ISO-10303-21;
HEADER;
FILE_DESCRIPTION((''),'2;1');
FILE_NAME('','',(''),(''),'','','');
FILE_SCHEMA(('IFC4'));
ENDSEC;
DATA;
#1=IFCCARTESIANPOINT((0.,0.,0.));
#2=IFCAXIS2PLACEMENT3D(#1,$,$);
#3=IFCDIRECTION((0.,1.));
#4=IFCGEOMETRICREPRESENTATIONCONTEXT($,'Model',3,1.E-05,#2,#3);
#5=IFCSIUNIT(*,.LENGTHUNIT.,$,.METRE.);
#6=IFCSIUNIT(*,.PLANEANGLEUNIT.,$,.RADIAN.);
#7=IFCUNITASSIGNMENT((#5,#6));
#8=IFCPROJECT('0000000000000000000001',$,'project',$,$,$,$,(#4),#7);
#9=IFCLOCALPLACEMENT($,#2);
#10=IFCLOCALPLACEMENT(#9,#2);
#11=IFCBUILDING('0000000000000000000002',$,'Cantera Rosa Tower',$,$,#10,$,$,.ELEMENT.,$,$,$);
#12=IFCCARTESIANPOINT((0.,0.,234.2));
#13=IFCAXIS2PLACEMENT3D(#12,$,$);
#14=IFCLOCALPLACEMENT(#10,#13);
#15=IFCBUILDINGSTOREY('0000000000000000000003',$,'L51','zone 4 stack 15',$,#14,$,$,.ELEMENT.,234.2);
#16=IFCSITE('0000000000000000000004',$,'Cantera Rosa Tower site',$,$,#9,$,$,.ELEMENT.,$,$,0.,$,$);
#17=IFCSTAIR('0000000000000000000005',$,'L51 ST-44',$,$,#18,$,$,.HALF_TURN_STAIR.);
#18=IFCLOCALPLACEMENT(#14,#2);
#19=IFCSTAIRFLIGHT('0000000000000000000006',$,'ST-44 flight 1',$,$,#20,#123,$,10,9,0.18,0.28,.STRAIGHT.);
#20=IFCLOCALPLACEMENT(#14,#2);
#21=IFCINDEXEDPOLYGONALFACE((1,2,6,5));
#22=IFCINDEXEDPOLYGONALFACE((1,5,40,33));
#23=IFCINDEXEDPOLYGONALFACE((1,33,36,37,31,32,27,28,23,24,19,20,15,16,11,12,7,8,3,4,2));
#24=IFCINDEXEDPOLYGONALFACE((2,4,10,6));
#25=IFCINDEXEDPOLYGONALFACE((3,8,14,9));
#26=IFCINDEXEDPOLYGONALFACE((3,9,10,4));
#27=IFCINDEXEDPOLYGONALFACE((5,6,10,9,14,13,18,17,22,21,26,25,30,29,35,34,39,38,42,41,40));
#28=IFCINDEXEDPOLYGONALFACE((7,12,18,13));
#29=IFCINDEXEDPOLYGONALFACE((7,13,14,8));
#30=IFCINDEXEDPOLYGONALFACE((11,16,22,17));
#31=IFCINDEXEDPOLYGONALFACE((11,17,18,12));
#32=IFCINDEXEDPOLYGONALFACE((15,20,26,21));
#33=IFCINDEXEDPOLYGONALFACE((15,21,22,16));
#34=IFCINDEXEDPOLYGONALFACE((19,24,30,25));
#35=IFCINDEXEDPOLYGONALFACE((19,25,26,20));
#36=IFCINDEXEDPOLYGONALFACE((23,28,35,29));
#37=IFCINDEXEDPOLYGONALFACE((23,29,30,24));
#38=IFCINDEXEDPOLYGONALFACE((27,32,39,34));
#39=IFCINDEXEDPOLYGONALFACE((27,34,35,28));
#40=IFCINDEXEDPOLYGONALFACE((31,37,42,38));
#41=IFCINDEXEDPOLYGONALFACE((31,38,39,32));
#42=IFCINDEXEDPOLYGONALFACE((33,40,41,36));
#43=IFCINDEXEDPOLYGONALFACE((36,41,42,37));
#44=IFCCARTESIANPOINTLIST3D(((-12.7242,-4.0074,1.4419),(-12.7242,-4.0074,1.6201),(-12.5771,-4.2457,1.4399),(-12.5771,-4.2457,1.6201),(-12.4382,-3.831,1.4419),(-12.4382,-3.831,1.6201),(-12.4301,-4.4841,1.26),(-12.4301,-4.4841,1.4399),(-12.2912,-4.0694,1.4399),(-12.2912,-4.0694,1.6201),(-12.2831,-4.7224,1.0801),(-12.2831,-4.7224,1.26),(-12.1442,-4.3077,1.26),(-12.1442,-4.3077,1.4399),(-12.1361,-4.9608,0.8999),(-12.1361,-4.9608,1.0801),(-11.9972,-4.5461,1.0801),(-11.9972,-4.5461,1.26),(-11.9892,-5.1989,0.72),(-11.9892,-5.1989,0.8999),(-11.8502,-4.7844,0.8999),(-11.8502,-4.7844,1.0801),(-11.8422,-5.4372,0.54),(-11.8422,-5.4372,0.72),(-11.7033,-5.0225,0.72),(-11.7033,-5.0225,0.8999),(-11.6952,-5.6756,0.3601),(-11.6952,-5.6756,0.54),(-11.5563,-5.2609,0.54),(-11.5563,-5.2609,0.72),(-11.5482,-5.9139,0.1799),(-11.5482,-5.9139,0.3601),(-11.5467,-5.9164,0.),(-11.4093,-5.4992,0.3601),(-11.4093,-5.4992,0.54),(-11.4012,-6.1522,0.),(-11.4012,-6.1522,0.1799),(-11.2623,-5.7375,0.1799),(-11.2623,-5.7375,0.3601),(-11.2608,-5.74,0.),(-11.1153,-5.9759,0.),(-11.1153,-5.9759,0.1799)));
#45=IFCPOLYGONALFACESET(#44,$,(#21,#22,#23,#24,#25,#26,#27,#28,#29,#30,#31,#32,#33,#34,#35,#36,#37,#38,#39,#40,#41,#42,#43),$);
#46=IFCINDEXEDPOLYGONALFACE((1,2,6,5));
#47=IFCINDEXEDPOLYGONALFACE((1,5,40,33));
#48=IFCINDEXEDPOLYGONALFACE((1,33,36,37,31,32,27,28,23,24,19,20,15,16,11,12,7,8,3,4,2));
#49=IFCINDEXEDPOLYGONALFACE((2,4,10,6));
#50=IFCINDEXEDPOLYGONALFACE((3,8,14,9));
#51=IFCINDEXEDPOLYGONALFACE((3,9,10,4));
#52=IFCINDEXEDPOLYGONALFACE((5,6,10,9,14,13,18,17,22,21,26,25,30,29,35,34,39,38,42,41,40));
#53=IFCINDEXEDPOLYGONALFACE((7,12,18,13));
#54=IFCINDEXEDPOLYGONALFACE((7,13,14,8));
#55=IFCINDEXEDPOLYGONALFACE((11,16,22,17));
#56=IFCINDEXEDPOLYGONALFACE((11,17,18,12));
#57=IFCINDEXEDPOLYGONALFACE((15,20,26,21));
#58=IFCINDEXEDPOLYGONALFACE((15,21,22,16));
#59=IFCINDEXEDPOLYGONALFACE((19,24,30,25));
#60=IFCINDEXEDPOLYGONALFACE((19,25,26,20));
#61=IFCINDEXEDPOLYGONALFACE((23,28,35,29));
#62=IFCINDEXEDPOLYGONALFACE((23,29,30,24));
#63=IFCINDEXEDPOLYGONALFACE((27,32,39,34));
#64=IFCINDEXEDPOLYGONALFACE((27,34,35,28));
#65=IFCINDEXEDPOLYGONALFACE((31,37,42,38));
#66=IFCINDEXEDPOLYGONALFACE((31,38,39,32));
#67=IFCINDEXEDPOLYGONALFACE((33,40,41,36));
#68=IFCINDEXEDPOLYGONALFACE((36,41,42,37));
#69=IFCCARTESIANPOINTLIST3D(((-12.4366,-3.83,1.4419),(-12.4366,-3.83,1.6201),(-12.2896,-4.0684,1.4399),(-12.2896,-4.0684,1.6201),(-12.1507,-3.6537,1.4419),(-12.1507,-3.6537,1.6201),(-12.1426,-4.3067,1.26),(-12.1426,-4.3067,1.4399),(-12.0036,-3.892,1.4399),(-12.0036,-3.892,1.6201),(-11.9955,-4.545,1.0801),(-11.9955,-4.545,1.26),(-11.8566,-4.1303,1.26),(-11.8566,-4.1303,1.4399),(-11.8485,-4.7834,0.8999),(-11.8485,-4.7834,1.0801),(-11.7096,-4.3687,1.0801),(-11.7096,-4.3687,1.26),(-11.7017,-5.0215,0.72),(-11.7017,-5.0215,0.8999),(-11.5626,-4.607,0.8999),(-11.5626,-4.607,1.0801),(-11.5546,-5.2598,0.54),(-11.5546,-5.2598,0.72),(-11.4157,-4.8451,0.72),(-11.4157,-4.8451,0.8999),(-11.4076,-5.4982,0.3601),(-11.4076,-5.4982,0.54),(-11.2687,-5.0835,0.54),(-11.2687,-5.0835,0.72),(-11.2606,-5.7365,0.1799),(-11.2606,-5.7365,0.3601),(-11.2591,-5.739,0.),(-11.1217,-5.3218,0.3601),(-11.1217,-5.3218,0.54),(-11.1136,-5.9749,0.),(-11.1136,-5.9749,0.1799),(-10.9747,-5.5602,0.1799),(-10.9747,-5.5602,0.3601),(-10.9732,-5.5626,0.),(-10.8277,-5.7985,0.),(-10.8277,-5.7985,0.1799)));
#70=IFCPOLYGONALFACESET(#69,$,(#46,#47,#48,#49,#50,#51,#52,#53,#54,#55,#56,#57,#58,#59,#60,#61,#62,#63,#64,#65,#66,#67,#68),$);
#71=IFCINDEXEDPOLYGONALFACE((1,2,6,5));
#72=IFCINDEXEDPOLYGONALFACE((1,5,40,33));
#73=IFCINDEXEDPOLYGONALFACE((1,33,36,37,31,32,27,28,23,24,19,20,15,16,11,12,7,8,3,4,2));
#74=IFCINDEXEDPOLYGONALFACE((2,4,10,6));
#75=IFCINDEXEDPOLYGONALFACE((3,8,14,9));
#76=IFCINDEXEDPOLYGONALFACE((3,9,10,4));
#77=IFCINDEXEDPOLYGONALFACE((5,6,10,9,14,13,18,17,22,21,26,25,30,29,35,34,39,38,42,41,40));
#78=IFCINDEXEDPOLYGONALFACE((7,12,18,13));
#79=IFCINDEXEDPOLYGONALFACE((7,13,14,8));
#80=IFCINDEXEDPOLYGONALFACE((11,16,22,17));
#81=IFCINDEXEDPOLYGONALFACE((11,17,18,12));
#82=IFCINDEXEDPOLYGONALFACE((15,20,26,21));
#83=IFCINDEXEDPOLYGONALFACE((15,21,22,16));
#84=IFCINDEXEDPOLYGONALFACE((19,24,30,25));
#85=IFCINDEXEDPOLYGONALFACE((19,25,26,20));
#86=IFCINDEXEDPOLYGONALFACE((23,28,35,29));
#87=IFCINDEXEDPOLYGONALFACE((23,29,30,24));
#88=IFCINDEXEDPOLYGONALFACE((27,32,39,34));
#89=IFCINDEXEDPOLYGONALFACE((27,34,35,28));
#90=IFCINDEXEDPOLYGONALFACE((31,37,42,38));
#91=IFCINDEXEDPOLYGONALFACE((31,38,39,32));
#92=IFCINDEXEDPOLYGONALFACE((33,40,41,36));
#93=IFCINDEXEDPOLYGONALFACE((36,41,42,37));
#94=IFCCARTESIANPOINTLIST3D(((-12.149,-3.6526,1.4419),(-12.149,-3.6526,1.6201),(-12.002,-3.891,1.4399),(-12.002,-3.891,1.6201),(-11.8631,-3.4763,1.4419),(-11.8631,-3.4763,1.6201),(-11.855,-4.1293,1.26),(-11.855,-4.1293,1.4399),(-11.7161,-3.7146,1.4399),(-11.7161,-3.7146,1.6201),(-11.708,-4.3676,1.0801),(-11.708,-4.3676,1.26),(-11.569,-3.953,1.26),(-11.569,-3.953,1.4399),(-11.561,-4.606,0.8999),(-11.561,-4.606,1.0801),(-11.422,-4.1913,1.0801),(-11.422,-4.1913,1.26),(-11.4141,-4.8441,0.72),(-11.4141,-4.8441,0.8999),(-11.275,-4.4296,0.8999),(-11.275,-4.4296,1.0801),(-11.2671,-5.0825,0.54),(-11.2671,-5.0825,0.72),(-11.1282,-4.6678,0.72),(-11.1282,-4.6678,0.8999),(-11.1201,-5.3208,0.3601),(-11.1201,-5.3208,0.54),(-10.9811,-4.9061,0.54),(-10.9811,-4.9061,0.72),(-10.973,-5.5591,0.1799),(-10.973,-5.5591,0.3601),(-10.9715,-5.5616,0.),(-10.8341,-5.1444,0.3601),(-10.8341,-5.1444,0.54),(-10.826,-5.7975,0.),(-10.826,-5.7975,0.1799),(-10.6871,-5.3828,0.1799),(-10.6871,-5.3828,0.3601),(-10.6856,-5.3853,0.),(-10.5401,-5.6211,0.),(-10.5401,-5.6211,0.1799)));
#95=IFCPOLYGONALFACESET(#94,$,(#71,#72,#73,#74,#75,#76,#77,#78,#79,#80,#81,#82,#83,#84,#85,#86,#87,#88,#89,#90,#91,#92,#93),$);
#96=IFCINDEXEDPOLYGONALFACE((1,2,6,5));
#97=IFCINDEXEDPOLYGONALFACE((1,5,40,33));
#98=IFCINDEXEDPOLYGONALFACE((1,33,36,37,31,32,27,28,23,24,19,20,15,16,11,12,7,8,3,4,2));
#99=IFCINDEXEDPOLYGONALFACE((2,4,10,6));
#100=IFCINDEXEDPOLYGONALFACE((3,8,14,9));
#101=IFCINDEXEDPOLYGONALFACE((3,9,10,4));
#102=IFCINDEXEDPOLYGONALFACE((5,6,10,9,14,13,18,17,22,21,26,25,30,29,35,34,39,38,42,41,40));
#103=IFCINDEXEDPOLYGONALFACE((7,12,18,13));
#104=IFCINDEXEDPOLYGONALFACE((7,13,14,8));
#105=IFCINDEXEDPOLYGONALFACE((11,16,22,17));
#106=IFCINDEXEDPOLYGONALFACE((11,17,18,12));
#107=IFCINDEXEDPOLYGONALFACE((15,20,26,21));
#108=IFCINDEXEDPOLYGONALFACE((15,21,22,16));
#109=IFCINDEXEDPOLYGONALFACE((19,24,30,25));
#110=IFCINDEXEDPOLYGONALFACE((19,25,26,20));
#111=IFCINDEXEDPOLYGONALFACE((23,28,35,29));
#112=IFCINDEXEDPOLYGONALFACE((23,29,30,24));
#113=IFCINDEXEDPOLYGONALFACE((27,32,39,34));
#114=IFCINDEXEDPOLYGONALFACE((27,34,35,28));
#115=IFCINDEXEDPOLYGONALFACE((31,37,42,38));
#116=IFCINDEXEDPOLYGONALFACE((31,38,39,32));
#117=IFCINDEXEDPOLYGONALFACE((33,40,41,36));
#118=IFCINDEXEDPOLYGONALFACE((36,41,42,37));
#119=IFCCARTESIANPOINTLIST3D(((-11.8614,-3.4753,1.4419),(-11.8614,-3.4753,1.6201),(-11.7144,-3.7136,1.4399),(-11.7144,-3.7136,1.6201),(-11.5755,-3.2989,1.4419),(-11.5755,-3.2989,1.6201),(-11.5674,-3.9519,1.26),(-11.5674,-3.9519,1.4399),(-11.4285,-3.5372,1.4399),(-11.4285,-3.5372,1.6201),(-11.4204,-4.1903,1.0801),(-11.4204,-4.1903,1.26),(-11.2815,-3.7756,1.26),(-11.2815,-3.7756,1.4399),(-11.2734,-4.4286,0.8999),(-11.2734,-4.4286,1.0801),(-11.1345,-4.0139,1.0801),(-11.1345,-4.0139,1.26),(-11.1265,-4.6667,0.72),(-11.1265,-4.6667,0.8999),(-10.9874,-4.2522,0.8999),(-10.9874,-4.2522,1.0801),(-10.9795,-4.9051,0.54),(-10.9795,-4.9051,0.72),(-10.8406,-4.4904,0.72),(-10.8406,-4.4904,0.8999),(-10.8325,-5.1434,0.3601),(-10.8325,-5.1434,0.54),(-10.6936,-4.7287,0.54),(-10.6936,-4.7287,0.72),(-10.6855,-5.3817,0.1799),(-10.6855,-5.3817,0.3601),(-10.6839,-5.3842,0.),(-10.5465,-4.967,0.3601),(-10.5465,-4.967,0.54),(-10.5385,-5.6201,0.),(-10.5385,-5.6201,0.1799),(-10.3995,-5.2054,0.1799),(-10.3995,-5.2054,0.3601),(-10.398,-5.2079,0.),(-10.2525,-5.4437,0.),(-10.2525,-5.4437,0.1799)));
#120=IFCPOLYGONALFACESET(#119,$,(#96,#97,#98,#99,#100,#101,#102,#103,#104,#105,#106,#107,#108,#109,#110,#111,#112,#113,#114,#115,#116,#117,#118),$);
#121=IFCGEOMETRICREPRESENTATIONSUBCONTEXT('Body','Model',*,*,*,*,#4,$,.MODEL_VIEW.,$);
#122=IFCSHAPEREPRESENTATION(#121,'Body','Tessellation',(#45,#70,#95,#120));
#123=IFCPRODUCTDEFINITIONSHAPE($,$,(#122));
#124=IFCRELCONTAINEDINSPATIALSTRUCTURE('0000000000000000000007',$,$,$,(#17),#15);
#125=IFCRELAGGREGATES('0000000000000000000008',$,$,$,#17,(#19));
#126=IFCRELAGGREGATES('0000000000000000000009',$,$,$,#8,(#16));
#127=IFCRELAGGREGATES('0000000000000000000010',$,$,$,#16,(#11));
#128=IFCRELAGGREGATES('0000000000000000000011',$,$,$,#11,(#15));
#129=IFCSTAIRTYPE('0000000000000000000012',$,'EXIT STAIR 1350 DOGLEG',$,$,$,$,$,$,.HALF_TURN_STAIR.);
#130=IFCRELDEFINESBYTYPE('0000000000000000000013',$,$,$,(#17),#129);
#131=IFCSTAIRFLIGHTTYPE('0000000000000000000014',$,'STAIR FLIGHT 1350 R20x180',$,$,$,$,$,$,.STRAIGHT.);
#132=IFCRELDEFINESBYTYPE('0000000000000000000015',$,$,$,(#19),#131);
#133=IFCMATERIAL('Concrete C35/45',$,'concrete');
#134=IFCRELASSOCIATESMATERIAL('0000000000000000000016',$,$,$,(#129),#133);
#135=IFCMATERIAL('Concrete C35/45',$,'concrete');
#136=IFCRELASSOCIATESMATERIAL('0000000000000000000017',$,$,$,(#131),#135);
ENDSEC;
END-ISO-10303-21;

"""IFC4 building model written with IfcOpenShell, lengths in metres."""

from ifc_helpers import new_model, si_unit, direction, frame, origin, place, context, subcontext, project, spatial, polyline, outline, extrude, material, type_object, element, aggregate, save


model = new_model("IFC4")

# Units and contexts
model_context = context("Model", 3, precision=1e-05, world=origin(), true_north=direction((0.0, 1.0)))
body_context = subcontext(model_context, "Body", "Model", "MODEL_VIEW")
ifc_project = project(units=[si_unit("LENGTHUNIT", "METRE"), si_unit("PLANEANGLEUNIT", "RADIAN")], contexts=[model_context])

# Site, building, storey
site_placement = place(None, origin())
site = spatial("IfcSite", under=ifc_project, at=site_placement, Name="Cantera Rosa Tower site", CompositionType="ELEMENT", RefElevation=0.0)
building_placement = place(site_placement, origin())
building = spatial("IfcBuilding", under=site, at=building_placement, Name="Cantera Rosa Tower", CompositionType="ELEMENT")
storey_placement = place(building_placement, frame((0.0, 0.0, 234.2)))
storey = spatial("IfcBuildingStorey", under=building, at=storey_placement, Name="L51", Description="zone 4 stack 15", CompositionType="ELEMENT", Elevation=234.2)

# Shared definitions
ifc_material_1 = material(Name="Concrete C35/45", Category="concrete")
stair_type = type_object("IfcStairType", Name="EXIT STAIR 1350 DOGLEG", PredefinedType="HALF_TURN_STAIR", material=ifc_material_1)
ifc_material_2 = material(Name="Concrete C35/45", Category="concrete")
stair_flight_type = type_object("IfcStairFlightType", Name="STAIR FLIGHT 1350 R20x180", PredefinedType="STRAIGHT", material=ifc_material_2)

# Stair, stair flight
stair_1_placement = place(storey_placement, origin())
stair_1 = element("IfcStair", 1, at=stair_1_placement, inside=storey, type_object=stair_type, Name="L51 ST-44", PredefinedType="HALF_TURN_STAIR")
stair_flight_1_placement = place(storey_placement, frame((-10.8267, -5.7979, 0.0), z_axis=(0.0, 0.0, 1.0), x_axis=(-0.524977, 0.851117, 0.0)))
stair_flight_1 = element("IfcStairFlight", 2, at=stair_flight_1_placement, type_object=stair_flight_type, Name="ST-44 flight 1", NumberOfRisers=10, NumberOfTreads=9, PredefinedType="STRAIGHT", RiserHeight=0.18, TreadLength=0.28, context=body_context, shape_type="SweptSolid", body=[
    extrude(outline(polyline([(0.0, 0.0), (0.0, 0.1799), (0.28, 0.1799), (0.28, 0.3601), (0.5601, 0.3601), (0.5601, 0.54), (0.8401, 0.54), (0.8401, 0.72), (1.1201, 0.72), (1.1201, 0.8999), (1.3999, 0.8999), (1.3999, 1.0801), (1.6799, 1.0801), (1.6799, 1.26), (1.96, 1.26), (1.96, 1.4399), (2.24, 1.4399), (2.24, 1.6201), (2.52, 1.6201), (2.52, 1.8), (2.52, 1.4419), (0.2771, 0.0), (0.0, 0.0)])), frame((0.0, 0.675, 0.0), z_axis=(0.0, -1.0, 0.0), x_axis=(1.0, 0.0, 0.0)), (0.0, 0.0, 1.0), 0.3359),
    extrude(outline(polyline([(0.0, 0.0), (0.0, 0.1799), (0.28, 0.1799), (0.28, 0.3601), (0.5601, 0.3601), (0.5601, 0.54), (0.8401, 0.54), (0.8401, 0.72), (1.1201, 0.72), (1.1201, 0.8999), (1.3999, 0.8999), (1.3999, 1.0801), (1.6799, 1.0801), (1.6799, 1.26), (1.96, 1.26), (1.96, 1.4399), (2.24, 1.4399), (2.24, 1.6201), (2.52, 1.6201), (2.52, 1.8), (2.52, 1.4419), (0.2771, 0.0), (0.0, 0.0)])), frame((0.0, 0.3372, 0.0), z_axis=(0.0, -1.0, 0.0), x_axis=(1.0, 0.0, 0.0)), (0.0, 0.0, 1.0), 0.3359),
    extrude(outline(polyline([(0.0, 0.0), (0.0, 0.1799), (0.28, 0.1799), (0.28, 0.3601), (0.5601, 0.3601), (0.5601, 0.54), (0.8401, 0.54), (0.8401, 0.72), (1.1201, 0.72), (1.1201, 0.8999), (1.3999, 0.8999), (1.3999, 1.0801), (1.6799, 1.0801), (1.6799, 1.26), (1.96, 1.26), (1.96, 1.4399), (2.24, 1.4399), (2.24, 1.6201), (2.52, 1.6201), (2.52, 1.8), (2.52, 1.4419), (0.2771, 0.0), (0.0, 0.0)])), frame((0.0, -0.0007, 0.0), z_axis=(0.0, -1.0, 0.0), x_axis=(1.0, 0.0, 0.0)), (0.0, 0.0, 1.0), 0.3359),
    extrude(outline(polyline([(0.0, 0.0), (0.0, 0.1799), (0.28, 0.1799), (0.28, 0.3601), (0.5601, 0.3601), (0.5601, 0.54), (0.8401, 0.54), (0.8401, 0.72), (1.1201, 0.72), (1.1201, 0.8999), (1.3999, 0.8999), (1.3999, 1.0801), (1.6799, 1.0801), (1.6799, 1.26), (1.96, 1.26), (1.96, 1.4399), (2.24, 1.4399), (2.24, 1.6201), (2.52, 1.6201), (2.52, 1.8), (2.52, 1.4419), (0.2771, 0.0), (0.0, 0.0)])), frame((0.0, -0.3386, 0.0), z_axis=(0.0, -1.0, 0.0), x_axis=(1.0, 0.0, 0.0)), (0.0, 0.0, 1.0), 0.3359),
])
aggregate(stair_1, [stair_flight_1])

save(model, "model.ifc")
